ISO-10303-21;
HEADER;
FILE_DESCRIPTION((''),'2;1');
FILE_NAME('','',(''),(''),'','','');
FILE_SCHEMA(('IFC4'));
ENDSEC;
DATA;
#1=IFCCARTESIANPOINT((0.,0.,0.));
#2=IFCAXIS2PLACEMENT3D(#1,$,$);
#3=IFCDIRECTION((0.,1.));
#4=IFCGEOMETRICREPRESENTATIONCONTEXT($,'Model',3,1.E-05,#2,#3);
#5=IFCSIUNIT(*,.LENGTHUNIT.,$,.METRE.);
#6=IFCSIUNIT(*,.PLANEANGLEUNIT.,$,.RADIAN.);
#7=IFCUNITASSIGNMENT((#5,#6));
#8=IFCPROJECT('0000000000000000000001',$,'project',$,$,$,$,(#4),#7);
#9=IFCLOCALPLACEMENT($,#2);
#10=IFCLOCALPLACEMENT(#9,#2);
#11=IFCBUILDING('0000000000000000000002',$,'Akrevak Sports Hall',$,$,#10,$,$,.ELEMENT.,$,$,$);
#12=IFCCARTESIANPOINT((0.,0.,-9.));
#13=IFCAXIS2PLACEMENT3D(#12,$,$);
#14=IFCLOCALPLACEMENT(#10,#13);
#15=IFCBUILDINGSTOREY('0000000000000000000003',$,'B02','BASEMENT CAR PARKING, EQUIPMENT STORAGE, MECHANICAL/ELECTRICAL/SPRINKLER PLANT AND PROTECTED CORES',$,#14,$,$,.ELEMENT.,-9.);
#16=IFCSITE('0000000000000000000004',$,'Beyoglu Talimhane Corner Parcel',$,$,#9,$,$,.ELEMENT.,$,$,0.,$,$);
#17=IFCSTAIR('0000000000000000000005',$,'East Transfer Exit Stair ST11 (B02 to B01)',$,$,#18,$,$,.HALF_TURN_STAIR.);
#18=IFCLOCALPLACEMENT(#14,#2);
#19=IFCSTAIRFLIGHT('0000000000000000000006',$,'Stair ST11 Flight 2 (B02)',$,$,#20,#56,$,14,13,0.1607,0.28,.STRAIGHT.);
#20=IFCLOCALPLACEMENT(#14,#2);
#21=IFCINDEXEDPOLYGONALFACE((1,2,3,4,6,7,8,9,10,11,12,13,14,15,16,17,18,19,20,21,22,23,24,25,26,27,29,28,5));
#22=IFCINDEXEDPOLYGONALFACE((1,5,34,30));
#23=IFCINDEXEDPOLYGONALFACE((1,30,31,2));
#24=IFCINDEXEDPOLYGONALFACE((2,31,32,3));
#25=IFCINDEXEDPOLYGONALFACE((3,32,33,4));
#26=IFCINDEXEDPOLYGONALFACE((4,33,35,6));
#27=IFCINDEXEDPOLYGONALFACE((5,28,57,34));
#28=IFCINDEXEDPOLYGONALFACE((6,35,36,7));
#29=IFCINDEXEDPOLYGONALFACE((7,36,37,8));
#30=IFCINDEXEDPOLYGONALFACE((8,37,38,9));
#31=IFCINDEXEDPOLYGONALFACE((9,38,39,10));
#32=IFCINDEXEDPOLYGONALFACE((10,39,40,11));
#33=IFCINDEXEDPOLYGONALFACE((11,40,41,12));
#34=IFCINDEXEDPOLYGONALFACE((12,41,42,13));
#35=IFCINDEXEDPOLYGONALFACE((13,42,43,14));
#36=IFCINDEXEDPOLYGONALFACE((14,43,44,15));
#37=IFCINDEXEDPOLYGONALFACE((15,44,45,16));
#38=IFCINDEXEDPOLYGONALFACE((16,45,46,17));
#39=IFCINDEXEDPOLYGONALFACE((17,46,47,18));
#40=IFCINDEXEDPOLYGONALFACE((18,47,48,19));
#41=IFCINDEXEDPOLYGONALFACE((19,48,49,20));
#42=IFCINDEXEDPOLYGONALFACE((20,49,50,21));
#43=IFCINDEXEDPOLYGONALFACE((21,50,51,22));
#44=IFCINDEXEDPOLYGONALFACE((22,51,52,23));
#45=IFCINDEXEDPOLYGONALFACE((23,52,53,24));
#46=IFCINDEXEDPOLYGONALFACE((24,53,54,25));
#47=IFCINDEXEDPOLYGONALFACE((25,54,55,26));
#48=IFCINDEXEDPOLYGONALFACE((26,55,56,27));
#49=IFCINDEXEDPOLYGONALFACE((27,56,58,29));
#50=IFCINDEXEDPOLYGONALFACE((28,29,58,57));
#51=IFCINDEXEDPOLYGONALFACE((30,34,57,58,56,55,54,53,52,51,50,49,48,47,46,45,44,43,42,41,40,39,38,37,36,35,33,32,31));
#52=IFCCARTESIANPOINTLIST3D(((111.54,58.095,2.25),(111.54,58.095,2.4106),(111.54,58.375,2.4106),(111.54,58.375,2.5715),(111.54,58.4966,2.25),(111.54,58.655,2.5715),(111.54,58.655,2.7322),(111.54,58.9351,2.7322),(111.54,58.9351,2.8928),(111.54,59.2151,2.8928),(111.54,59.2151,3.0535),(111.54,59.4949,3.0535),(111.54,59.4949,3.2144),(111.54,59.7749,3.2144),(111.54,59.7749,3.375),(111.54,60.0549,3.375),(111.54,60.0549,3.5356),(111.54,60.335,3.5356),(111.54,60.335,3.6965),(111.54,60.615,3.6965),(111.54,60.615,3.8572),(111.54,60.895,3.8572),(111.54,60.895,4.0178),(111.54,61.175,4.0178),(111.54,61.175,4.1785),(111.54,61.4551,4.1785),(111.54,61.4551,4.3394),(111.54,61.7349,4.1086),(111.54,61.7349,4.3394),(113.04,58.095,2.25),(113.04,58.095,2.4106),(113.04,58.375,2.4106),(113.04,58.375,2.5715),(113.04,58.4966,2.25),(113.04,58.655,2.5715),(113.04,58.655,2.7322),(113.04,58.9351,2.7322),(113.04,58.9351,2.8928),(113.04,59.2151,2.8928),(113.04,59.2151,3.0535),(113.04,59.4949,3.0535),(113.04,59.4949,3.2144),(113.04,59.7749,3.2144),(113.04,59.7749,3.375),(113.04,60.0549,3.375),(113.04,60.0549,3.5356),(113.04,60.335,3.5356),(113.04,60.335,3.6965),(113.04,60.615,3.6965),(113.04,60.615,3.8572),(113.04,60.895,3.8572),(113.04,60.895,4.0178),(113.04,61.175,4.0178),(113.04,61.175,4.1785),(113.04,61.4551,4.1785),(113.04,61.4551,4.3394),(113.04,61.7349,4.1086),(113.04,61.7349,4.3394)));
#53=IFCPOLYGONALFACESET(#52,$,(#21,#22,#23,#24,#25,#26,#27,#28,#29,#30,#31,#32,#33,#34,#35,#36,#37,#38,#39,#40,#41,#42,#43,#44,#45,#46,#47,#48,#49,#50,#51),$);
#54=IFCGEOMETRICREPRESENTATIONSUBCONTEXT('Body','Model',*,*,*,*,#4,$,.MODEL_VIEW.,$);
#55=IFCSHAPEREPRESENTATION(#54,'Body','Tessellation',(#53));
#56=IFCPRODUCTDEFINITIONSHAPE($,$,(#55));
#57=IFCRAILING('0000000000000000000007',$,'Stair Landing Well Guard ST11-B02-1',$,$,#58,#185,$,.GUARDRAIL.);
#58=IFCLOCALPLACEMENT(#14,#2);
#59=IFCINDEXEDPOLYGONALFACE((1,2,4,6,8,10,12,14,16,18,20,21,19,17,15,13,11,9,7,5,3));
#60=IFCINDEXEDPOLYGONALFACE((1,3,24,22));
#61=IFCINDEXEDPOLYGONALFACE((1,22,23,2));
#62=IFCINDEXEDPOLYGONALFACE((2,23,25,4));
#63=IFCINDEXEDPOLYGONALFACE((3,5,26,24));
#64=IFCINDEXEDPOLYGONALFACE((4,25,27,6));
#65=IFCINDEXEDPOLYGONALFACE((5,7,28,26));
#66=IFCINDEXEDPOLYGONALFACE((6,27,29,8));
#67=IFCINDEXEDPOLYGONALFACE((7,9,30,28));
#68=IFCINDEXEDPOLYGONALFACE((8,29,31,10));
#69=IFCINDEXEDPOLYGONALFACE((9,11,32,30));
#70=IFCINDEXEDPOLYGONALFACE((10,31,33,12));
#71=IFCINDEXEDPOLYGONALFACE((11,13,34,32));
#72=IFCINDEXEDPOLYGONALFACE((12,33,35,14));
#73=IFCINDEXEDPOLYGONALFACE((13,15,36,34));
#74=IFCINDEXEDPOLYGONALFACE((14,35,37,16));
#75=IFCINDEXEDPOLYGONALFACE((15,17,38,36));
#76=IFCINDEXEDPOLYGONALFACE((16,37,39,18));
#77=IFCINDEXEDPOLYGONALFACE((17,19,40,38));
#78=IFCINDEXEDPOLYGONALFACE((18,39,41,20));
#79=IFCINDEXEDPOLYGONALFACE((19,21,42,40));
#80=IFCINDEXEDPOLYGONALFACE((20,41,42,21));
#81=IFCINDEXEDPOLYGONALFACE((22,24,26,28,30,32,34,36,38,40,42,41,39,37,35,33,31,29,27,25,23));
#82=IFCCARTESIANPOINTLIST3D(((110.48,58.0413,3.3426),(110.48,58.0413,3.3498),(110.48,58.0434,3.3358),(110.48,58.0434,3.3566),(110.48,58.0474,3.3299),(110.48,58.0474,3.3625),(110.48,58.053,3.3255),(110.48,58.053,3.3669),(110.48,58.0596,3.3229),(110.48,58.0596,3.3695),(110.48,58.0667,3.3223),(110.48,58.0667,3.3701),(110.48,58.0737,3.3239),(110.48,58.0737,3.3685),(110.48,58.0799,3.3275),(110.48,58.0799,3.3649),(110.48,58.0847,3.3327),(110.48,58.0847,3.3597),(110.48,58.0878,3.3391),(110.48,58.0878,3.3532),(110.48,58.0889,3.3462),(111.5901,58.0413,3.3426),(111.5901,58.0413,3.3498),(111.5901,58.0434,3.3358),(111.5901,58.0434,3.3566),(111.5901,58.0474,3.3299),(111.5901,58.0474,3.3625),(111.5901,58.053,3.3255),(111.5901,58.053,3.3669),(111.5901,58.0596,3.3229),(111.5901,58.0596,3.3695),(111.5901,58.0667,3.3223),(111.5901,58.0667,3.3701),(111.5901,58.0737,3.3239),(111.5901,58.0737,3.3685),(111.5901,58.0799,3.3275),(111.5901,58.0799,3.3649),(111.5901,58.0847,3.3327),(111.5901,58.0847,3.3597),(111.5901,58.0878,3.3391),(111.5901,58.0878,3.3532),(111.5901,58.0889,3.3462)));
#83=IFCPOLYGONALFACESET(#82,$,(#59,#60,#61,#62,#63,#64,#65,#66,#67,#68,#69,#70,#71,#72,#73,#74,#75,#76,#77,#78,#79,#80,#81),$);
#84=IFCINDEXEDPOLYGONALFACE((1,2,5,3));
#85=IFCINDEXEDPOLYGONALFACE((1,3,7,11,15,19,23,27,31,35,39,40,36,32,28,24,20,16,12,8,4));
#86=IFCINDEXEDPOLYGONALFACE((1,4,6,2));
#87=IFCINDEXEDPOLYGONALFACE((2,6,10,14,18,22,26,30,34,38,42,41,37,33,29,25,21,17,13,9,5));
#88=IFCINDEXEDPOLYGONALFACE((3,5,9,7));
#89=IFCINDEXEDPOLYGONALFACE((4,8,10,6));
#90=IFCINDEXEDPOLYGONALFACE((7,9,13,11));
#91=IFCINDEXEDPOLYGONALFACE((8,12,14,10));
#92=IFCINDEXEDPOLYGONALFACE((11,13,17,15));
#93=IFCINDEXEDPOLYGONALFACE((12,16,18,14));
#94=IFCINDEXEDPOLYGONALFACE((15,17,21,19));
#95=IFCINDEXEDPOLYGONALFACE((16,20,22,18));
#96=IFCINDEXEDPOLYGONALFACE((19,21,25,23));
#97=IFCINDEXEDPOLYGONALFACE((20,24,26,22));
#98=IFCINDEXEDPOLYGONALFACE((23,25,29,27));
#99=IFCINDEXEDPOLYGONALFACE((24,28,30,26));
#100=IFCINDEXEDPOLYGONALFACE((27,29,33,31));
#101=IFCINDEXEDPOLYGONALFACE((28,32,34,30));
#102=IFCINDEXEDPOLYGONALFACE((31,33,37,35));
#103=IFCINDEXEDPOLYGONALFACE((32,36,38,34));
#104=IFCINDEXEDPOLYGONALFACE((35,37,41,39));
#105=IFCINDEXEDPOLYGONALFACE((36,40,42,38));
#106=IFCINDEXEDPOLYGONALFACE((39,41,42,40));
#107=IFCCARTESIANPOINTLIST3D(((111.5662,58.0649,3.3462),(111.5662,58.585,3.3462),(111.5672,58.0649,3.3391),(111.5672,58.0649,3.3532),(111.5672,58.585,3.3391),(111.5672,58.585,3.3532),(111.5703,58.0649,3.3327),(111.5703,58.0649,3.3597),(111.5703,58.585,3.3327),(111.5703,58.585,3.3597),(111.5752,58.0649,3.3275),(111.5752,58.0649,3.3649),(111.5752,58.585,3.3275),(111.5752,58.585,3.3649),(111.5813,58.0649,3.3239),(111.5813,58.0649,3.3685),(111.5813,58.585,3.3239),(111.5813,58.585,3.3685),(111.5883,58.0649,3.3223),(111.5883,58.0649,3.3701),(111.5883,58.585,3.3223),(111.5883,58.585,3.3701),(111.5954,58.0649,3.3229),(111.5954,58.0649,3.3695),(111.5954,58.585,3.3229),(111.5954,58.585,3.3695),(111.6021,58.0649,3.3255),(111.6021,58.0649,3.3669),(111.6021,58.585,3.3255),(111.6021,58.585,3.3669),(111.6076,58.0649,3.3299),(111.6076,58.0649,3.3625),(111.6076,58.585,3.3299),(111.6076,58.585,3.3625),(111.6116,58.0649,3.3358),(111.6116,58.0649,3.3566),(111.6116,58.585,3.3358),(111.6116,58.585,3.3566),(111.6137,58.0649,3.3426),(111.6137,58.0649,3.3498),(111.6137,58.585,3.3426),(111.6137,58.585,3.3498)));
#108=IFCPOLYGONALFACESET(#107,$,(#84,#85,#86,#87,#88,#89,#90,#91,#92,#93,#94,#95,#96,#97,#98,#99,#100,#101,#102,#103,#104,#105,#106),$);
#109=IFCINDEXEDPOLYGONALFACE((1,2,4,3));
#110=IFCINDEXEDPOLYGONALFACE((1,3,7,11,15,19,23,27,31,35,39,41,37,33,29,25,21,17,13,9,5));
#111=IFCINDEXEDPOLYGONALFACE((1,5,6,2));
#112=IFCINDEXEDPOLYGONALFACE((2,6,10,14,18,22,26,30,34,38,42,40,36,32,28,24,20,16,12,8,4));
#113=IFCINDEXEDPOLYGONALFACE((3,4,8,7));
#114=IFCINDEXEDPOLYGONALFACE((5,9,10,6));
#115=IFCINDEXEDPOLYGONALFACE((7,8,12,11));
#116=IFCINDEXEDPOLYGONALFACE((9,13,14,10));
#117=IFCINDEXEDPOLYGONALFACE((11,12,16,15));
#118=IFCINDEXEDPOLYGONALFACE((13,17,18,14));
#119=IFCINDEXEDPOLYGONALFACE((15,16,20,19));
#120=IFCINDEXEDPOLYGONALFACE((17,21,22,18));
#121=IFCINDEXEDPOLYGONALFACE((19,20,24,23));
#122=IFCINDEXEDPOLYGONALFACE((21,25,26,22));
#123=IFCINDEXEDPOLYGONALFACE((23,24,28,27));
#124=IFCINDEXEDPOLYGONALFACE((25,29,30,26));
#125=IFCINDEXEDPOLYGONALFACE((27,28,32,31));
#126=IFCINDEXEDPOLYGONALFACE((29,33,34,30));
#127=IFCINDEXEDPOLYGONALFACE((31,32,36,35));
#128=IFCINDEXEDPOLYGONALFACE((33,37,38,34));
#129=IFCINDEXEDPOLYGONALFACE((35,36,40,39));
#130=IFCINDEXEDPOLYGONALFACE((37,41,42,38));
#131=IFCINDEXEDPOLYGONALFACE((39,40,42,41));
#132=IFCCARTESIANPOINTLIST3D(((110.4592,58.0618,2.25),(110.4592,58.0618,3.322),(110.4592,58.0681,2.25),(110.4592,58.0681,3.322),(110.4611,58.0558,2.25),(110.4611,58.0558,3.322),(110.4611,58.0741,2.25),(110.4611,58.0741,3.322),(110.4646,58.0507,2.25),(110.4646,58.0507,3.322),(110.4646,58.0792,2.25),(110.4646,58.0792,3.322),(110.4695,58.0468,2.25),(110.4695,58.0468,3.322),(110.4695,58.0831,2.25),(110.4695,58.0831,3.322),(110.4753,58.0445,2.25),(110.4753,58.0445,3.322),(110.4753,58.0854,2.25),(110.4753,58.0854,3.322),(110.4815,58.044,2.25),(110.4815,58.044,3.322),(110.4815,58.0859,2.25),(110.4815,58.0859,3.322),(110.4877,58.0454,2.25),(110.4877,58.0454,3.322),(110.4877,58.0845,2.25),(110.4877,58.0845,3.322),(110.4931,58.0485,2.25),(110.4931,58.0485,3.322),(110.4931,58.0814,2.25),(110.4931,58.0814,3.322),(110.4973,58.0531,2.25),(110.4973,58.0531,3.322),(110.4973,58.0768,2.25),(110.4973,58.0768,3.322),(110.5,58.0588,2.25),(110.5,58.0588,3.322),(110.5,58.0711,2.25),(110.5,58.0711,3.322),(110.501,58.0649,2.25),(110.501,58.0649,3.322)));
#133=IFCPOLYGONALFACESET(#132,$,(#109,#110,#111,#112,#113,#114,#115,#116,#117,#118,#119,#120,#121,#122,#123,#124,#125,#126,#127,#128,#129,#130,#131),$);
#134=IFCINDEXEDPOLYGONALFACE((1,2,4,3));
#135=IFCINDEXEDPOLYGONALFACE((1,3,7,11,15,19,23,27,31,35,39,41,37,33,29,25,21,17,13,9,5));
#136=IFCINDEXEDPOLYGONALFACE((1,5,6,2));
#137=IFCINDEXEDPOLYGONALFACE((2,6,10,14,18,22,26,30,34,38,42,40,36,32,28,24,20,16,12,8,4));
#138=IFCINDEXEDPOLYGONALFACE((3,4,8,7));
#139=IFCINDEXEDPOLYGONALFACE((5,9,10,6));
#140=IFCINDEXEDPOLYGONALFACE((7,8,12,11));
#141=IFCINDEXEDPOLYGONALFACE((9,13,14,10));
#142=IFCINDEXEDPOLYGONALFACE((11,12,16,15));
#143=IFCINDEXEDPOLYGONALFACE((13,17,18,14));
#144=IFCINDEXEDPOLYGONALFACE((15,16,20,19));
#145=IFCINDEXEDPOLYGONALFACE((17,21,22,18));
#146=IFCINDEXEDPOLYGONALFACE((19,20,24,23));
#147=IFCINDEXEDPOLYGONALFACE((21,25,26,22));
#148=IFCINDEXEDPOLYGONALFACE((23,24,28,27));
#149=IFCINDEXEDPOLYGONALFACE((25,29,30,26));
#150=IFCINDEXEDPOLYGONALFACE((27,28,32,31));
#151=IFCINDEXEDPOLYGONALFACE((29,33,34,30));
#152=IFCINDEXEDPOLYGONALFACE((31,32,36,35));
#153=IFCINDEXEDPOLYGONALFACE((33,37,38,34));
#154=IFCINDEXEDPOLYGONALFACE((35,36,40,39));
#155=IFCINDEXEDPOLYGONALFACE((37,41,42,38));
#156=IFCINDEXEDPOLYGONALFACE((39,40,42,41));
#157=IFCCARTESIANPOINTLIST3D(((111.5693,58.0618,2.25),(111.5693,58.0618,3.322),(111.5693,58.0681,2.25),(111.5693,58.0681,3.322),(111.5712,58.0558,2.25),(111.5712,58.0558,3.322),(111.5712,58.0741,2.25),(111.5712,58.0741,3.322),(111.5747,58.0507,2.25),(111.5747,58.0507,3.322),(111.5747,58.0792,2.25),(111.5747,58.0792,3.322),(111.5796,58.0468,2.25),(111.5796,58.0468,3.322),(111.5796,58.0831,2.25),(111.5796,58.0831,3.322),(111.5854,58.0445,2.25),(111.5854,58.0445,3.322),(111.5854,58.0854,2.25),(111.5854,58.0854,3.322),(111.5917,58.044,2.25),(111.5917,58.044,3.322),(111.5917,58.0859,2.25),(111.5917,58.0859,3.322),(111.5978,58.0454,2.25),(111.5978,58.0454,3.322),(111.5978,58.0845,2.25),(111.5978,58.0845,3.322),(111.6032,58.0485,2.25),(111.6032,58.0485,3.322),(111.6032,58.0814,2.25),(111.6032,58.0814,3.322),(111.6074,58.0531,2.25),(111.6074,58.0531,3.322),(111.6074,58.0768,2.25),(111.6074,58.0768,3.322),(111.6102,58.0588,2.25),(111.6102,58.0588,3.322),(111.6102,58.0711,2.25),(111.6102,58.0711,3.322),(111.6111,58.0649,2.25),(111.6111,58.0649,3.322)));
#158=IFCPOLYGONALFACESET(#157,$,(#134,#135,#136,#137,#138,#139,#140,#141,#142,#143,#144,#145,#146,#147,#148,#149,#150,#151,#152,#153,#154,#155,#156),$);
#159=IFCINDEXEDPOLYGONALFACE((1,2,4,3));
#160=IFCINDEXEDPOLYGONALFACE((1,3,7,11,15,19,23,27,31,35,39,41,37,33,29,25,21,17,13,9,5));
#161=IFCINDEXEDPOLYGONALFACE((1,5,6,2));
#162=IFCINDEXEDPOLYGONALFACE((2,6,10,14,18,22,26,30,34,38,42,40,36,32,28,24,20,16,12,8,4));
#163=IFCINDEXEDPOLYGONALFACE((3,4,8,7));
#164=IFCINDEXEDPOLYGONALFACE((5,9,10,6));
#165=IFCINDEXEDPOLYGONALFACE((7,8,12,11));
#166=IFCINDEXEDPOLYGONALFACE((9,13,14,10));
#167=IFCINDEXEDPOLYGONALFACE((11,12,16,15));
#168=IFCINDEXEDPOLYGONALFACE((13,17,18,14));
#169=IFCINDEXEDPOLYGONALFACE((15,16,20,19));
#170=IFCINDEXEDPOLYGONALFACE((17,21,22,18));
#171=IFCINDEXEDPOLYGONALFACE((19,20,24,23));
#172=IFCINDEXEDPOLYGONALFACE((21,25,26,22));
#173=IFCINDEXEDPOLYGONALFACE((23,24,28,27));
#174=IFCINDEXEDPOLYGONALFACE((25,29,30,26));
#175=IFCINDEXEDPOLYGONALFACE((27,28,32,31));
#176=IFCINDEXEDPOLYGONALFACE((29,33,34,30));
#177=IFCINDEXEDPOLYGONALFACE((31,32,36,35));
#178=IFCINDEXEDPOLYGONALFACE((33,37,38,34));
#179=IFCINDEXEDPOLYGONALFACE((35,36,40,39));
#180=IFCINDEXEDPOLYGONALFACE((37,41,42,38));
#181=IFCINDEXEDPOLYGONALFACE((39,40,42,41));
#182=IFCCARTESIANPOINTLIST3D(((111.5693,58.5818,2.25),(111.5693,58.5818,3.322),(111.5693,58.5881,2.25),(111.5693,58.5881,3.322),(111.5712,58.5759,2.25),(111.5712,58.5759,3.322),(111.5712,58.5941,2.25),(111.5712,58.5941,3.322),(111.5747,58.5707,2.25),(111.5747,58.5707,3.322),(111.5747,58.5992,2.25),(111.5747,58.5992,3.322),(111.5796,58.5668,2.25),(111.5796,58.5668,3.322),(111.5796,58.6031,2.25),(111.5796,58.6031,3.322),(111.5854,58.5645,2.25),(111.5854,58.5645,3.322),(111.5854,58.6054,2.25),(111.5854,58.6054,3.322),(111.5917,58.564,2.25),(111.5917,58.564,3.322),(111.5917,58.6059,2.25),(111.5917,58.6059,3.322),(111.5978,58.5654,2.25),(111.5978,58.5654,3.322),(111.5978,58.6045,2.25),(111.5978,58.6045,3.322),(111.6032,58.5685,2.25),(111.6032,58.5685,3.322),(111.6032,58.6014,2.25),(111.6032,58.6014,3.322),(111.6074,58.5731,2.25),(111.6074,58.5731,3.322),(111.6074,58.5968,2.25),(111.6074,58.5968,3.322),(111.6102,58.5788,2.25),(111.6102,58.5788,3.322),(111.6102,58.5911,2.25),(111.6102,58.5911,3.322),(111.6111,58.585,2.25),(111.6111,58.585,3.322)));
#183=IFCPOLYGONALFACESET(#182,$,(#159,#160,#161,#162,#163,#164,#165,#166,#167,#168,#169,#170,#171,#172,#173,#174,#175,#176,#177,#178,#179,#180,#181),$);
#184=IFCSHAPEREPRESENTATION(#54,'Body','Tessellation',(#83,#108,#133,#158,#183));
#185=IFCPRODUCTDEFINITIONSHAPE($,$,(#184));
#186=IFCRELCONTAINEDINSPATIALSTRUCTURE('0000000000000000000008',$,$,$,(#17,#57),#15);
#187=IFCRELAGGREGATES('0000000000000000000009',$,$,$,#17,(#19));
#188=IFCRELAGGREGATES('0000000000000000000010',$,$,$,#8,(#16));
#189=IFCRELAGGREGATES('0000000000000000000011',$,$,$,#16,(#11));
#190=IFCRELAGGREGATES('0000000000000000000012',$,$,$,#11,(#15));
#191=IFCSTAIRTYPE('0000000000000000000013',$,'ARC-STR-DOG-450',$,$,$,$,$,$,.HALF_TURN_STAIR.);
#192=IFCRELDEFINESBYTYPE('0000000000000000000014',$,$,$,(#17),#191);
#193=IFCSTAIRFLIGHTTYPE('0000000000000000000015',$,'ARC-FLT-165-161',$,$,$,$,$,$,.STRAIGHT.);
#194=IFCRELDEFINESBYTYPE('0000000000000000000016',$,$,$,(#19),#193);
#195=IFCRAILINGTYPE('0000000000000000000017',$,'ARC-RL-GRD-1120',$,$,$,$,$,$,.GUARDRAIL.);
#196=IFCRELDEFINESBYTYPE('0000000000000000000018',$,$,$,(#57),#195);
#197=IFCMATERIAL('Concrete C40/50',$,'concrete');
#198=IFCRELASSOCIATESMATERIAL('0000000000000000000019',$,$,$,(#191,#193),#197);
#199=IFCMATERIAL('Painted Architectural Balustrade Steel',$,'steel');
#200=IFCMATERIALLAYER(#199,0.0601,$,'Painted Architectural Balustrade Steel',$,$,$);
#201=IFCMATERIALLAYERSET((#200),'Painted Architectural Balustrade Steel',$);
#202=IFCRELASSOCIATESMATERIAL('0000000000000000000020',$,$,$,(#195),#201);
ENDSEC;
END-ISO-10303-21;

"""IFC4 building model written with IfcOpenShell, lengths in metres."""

from ifc_helpers import new_model, si_unit, direction, frame, origin, origin_2d, place, context, subcontext, project, spatial, polyline, circle, outline, extrude, material, layer, layer_set, type_object, element, aggregate, save


model = new_model("IFC4")

# Units and contexts
model_context = context("Model", 3, precision=1e-05, world=origin(), true_north=direction((0.0, 1.0)))
body_context = subcontext(model_context, "Body", "Model", "MODEL_VIEW")
ifc_project = project(units=[si_unit("LENGTHUNIT", "METRE"), si_unit("PLANEANGLEUNIT", "RADIAN")], contexts=[model_context])

# Site, building, storey
site_placement = place(None, origin())
site = spatial("IfcSite", under=ifc_project, at=site_placement, Name="Beyoglu Talimhane Corner Parcel", CompositionType="ELEMENT", RefElevation=0.0)
building_placement = place(site_placement, origin())
building = spatial("IfcBuilding", under=site, at=building_placement, Name="Akrevak Sports Hall", CompositionType="ELEMENT")
storey_placement = place(building_placement, frame((0.0, 0.0, -9.0)))
storey = spatial("IfcBuildingStorey", under=building, at=storey_placement, Name="B02", Description="BASEMENT CAR PARKING, EQUIPMENT STORAGE, MECHANICAL/ELECTRICAL/SPRINKLER PLANT AND PROTECTED CORES", CompositionType="ELEMENT", Elevation=-9.0)

# Shared definitions
ifc_material_1 = material(Name="Concrete C40/50", Category="concrete")

# Stair, stair flight
stair_type = type_object("IfcStairType", Name="ARC-STR-DOG-450", PredefinedType="HALF_TURN_STAIR", material=ifc_material_1)
stair_placement = place(storey_placement, origin())
stair = element("IfcStair", 1, at=stair_placement, inside=storey, type_object=stair_type, Name="East Transfer Exit Stair ST11 (B02 to B01)", PredefinedType="HALF_TURN_STAIR")
stair_flight_type = type_object("IfcStairFlightType", Name="ARC-FLT-165-161", PredefinedType="STRAIGHT", material=ifc_material_1)
stair_flight_1_placement = place(storey_placement, frame((112.29, 58.095, 2.25), z_axis=(0.0, 0.0, 1.0), x_axis=(0.0, 1.0, 0.0)))
stair_flight_1 = element("IfcStairFlight", 2, at=stair_flight_1_placement, type_object=stair_flight_type, Name="Stair ST11 Flight 2 (B02)", NumberOfRisers=14, NumberOfTreads=13, PredefinedType="STRAIGHT", RiserHeight=0.1607, TreadLength=0.28, context=body_context, shape_type="SweptSolid", body=[
    extrude(outline(polyline([(0.0, 0.0), (0.0, 0.1606), (0.28, 0.1606), (0.28, 0.3215), (0.5601, 0.3215), (0.5601, 0.4822), (0.8401, 0.4822), (0.8401, 0.6428), (1.1201, 0.6428), (1.1201, 0.8035), (1.3999, 0.8035), (1.3999, 0.9644), (1.6799, 0.9644), (1.6799, 1.125), (1.96, 1.125), (1.96, 1.2856), (2.24, 1.2856), (2.24, 1.4465), (2.52, 1.4465), (2.52, 1.6072), (2.8, 1.6072), (2.8, 1.7678), (3.0801, 1.7678), (3.0801, 1.9285), (3.3601, 1.9285), (3.3601, 2.0894), (3.6399, 2.0894), (3.6399, 2.25), (3.6399, 1.8586), (0.4016, 0.0), (0.0, 0.0)])), frame((0.0, 0.75, 0.0), z_axis=(0.0, -1.0, 0.0), x_axis=(1.0, 0.0, 0.0)), (0.0, 0.0, 1.0), 1.5),
])
aggregate(stair, [stair_flight_1])

# Railing
ifc_material_2 = material(Name="Painted Architectural Balustrade Steel", Category="steel")
ifc_layer_1 = layer(ifc_material_2, 0.0601, Name="Painted Architectural Balustrade Steel")
ifc_layer_set_1 = layer_set([ifc_layer_1], Name="Painted Architectural Balustrade Steel")
railing_type_1 = type_object("IfcRailingType", Name="ARC-RL-GRD-1120", PredefinedType="GUARDRAIL", material=ifc_layer_set_1)
railing_1_placement = place(storey_placement, frame((110.48, 58.0649, 2.25)))
element("IfcRailing", 3, at=railing_1_placement, inside=storey, type_object=railing_type_1, Name="Stair Landing Well Guard ST11-B02-1", PredefinedType="GUARDRAIL", context=body_context, shape_type="SweptSolid", body=[
    extrude(circle(Radius=0.0239, at=origin_2d()), frame((0.0, 0.0, 1.0962), z_axis=(1.0, 0.0, 0.0), x_axis=(0.0, 1.0, 0.0)), (0.0, 0.0, 1.0), 1.1101),
    extrude(circle(Radius=0.0239, at=origin_2d()), frame((1.1101, 0.0, 1.0962), z_axis=(0.0, 1.0, 0.0), x_axis=(-1.0, 0.0, 0.0)), (0.0, 0.0, 1.0), 0.52),
    extrude(circle(Radius=0.021, at=origin_2d()), origin(), (0.0, 0.0, 1.0), 1.072),
    extrude(circle(Radius=0.021, at=origin_2d()), frame((1.1101, 0.0, 0.0)), (0.0, 0.0, 1.0), 1.072),
    extrude(circle(Radius=0.021, at=origin_2d()), frame((1.1101, 0.52, 0.0)), (0.0, 0.0, 1.0), 1.072),
])

save(model, "model.ifc")
